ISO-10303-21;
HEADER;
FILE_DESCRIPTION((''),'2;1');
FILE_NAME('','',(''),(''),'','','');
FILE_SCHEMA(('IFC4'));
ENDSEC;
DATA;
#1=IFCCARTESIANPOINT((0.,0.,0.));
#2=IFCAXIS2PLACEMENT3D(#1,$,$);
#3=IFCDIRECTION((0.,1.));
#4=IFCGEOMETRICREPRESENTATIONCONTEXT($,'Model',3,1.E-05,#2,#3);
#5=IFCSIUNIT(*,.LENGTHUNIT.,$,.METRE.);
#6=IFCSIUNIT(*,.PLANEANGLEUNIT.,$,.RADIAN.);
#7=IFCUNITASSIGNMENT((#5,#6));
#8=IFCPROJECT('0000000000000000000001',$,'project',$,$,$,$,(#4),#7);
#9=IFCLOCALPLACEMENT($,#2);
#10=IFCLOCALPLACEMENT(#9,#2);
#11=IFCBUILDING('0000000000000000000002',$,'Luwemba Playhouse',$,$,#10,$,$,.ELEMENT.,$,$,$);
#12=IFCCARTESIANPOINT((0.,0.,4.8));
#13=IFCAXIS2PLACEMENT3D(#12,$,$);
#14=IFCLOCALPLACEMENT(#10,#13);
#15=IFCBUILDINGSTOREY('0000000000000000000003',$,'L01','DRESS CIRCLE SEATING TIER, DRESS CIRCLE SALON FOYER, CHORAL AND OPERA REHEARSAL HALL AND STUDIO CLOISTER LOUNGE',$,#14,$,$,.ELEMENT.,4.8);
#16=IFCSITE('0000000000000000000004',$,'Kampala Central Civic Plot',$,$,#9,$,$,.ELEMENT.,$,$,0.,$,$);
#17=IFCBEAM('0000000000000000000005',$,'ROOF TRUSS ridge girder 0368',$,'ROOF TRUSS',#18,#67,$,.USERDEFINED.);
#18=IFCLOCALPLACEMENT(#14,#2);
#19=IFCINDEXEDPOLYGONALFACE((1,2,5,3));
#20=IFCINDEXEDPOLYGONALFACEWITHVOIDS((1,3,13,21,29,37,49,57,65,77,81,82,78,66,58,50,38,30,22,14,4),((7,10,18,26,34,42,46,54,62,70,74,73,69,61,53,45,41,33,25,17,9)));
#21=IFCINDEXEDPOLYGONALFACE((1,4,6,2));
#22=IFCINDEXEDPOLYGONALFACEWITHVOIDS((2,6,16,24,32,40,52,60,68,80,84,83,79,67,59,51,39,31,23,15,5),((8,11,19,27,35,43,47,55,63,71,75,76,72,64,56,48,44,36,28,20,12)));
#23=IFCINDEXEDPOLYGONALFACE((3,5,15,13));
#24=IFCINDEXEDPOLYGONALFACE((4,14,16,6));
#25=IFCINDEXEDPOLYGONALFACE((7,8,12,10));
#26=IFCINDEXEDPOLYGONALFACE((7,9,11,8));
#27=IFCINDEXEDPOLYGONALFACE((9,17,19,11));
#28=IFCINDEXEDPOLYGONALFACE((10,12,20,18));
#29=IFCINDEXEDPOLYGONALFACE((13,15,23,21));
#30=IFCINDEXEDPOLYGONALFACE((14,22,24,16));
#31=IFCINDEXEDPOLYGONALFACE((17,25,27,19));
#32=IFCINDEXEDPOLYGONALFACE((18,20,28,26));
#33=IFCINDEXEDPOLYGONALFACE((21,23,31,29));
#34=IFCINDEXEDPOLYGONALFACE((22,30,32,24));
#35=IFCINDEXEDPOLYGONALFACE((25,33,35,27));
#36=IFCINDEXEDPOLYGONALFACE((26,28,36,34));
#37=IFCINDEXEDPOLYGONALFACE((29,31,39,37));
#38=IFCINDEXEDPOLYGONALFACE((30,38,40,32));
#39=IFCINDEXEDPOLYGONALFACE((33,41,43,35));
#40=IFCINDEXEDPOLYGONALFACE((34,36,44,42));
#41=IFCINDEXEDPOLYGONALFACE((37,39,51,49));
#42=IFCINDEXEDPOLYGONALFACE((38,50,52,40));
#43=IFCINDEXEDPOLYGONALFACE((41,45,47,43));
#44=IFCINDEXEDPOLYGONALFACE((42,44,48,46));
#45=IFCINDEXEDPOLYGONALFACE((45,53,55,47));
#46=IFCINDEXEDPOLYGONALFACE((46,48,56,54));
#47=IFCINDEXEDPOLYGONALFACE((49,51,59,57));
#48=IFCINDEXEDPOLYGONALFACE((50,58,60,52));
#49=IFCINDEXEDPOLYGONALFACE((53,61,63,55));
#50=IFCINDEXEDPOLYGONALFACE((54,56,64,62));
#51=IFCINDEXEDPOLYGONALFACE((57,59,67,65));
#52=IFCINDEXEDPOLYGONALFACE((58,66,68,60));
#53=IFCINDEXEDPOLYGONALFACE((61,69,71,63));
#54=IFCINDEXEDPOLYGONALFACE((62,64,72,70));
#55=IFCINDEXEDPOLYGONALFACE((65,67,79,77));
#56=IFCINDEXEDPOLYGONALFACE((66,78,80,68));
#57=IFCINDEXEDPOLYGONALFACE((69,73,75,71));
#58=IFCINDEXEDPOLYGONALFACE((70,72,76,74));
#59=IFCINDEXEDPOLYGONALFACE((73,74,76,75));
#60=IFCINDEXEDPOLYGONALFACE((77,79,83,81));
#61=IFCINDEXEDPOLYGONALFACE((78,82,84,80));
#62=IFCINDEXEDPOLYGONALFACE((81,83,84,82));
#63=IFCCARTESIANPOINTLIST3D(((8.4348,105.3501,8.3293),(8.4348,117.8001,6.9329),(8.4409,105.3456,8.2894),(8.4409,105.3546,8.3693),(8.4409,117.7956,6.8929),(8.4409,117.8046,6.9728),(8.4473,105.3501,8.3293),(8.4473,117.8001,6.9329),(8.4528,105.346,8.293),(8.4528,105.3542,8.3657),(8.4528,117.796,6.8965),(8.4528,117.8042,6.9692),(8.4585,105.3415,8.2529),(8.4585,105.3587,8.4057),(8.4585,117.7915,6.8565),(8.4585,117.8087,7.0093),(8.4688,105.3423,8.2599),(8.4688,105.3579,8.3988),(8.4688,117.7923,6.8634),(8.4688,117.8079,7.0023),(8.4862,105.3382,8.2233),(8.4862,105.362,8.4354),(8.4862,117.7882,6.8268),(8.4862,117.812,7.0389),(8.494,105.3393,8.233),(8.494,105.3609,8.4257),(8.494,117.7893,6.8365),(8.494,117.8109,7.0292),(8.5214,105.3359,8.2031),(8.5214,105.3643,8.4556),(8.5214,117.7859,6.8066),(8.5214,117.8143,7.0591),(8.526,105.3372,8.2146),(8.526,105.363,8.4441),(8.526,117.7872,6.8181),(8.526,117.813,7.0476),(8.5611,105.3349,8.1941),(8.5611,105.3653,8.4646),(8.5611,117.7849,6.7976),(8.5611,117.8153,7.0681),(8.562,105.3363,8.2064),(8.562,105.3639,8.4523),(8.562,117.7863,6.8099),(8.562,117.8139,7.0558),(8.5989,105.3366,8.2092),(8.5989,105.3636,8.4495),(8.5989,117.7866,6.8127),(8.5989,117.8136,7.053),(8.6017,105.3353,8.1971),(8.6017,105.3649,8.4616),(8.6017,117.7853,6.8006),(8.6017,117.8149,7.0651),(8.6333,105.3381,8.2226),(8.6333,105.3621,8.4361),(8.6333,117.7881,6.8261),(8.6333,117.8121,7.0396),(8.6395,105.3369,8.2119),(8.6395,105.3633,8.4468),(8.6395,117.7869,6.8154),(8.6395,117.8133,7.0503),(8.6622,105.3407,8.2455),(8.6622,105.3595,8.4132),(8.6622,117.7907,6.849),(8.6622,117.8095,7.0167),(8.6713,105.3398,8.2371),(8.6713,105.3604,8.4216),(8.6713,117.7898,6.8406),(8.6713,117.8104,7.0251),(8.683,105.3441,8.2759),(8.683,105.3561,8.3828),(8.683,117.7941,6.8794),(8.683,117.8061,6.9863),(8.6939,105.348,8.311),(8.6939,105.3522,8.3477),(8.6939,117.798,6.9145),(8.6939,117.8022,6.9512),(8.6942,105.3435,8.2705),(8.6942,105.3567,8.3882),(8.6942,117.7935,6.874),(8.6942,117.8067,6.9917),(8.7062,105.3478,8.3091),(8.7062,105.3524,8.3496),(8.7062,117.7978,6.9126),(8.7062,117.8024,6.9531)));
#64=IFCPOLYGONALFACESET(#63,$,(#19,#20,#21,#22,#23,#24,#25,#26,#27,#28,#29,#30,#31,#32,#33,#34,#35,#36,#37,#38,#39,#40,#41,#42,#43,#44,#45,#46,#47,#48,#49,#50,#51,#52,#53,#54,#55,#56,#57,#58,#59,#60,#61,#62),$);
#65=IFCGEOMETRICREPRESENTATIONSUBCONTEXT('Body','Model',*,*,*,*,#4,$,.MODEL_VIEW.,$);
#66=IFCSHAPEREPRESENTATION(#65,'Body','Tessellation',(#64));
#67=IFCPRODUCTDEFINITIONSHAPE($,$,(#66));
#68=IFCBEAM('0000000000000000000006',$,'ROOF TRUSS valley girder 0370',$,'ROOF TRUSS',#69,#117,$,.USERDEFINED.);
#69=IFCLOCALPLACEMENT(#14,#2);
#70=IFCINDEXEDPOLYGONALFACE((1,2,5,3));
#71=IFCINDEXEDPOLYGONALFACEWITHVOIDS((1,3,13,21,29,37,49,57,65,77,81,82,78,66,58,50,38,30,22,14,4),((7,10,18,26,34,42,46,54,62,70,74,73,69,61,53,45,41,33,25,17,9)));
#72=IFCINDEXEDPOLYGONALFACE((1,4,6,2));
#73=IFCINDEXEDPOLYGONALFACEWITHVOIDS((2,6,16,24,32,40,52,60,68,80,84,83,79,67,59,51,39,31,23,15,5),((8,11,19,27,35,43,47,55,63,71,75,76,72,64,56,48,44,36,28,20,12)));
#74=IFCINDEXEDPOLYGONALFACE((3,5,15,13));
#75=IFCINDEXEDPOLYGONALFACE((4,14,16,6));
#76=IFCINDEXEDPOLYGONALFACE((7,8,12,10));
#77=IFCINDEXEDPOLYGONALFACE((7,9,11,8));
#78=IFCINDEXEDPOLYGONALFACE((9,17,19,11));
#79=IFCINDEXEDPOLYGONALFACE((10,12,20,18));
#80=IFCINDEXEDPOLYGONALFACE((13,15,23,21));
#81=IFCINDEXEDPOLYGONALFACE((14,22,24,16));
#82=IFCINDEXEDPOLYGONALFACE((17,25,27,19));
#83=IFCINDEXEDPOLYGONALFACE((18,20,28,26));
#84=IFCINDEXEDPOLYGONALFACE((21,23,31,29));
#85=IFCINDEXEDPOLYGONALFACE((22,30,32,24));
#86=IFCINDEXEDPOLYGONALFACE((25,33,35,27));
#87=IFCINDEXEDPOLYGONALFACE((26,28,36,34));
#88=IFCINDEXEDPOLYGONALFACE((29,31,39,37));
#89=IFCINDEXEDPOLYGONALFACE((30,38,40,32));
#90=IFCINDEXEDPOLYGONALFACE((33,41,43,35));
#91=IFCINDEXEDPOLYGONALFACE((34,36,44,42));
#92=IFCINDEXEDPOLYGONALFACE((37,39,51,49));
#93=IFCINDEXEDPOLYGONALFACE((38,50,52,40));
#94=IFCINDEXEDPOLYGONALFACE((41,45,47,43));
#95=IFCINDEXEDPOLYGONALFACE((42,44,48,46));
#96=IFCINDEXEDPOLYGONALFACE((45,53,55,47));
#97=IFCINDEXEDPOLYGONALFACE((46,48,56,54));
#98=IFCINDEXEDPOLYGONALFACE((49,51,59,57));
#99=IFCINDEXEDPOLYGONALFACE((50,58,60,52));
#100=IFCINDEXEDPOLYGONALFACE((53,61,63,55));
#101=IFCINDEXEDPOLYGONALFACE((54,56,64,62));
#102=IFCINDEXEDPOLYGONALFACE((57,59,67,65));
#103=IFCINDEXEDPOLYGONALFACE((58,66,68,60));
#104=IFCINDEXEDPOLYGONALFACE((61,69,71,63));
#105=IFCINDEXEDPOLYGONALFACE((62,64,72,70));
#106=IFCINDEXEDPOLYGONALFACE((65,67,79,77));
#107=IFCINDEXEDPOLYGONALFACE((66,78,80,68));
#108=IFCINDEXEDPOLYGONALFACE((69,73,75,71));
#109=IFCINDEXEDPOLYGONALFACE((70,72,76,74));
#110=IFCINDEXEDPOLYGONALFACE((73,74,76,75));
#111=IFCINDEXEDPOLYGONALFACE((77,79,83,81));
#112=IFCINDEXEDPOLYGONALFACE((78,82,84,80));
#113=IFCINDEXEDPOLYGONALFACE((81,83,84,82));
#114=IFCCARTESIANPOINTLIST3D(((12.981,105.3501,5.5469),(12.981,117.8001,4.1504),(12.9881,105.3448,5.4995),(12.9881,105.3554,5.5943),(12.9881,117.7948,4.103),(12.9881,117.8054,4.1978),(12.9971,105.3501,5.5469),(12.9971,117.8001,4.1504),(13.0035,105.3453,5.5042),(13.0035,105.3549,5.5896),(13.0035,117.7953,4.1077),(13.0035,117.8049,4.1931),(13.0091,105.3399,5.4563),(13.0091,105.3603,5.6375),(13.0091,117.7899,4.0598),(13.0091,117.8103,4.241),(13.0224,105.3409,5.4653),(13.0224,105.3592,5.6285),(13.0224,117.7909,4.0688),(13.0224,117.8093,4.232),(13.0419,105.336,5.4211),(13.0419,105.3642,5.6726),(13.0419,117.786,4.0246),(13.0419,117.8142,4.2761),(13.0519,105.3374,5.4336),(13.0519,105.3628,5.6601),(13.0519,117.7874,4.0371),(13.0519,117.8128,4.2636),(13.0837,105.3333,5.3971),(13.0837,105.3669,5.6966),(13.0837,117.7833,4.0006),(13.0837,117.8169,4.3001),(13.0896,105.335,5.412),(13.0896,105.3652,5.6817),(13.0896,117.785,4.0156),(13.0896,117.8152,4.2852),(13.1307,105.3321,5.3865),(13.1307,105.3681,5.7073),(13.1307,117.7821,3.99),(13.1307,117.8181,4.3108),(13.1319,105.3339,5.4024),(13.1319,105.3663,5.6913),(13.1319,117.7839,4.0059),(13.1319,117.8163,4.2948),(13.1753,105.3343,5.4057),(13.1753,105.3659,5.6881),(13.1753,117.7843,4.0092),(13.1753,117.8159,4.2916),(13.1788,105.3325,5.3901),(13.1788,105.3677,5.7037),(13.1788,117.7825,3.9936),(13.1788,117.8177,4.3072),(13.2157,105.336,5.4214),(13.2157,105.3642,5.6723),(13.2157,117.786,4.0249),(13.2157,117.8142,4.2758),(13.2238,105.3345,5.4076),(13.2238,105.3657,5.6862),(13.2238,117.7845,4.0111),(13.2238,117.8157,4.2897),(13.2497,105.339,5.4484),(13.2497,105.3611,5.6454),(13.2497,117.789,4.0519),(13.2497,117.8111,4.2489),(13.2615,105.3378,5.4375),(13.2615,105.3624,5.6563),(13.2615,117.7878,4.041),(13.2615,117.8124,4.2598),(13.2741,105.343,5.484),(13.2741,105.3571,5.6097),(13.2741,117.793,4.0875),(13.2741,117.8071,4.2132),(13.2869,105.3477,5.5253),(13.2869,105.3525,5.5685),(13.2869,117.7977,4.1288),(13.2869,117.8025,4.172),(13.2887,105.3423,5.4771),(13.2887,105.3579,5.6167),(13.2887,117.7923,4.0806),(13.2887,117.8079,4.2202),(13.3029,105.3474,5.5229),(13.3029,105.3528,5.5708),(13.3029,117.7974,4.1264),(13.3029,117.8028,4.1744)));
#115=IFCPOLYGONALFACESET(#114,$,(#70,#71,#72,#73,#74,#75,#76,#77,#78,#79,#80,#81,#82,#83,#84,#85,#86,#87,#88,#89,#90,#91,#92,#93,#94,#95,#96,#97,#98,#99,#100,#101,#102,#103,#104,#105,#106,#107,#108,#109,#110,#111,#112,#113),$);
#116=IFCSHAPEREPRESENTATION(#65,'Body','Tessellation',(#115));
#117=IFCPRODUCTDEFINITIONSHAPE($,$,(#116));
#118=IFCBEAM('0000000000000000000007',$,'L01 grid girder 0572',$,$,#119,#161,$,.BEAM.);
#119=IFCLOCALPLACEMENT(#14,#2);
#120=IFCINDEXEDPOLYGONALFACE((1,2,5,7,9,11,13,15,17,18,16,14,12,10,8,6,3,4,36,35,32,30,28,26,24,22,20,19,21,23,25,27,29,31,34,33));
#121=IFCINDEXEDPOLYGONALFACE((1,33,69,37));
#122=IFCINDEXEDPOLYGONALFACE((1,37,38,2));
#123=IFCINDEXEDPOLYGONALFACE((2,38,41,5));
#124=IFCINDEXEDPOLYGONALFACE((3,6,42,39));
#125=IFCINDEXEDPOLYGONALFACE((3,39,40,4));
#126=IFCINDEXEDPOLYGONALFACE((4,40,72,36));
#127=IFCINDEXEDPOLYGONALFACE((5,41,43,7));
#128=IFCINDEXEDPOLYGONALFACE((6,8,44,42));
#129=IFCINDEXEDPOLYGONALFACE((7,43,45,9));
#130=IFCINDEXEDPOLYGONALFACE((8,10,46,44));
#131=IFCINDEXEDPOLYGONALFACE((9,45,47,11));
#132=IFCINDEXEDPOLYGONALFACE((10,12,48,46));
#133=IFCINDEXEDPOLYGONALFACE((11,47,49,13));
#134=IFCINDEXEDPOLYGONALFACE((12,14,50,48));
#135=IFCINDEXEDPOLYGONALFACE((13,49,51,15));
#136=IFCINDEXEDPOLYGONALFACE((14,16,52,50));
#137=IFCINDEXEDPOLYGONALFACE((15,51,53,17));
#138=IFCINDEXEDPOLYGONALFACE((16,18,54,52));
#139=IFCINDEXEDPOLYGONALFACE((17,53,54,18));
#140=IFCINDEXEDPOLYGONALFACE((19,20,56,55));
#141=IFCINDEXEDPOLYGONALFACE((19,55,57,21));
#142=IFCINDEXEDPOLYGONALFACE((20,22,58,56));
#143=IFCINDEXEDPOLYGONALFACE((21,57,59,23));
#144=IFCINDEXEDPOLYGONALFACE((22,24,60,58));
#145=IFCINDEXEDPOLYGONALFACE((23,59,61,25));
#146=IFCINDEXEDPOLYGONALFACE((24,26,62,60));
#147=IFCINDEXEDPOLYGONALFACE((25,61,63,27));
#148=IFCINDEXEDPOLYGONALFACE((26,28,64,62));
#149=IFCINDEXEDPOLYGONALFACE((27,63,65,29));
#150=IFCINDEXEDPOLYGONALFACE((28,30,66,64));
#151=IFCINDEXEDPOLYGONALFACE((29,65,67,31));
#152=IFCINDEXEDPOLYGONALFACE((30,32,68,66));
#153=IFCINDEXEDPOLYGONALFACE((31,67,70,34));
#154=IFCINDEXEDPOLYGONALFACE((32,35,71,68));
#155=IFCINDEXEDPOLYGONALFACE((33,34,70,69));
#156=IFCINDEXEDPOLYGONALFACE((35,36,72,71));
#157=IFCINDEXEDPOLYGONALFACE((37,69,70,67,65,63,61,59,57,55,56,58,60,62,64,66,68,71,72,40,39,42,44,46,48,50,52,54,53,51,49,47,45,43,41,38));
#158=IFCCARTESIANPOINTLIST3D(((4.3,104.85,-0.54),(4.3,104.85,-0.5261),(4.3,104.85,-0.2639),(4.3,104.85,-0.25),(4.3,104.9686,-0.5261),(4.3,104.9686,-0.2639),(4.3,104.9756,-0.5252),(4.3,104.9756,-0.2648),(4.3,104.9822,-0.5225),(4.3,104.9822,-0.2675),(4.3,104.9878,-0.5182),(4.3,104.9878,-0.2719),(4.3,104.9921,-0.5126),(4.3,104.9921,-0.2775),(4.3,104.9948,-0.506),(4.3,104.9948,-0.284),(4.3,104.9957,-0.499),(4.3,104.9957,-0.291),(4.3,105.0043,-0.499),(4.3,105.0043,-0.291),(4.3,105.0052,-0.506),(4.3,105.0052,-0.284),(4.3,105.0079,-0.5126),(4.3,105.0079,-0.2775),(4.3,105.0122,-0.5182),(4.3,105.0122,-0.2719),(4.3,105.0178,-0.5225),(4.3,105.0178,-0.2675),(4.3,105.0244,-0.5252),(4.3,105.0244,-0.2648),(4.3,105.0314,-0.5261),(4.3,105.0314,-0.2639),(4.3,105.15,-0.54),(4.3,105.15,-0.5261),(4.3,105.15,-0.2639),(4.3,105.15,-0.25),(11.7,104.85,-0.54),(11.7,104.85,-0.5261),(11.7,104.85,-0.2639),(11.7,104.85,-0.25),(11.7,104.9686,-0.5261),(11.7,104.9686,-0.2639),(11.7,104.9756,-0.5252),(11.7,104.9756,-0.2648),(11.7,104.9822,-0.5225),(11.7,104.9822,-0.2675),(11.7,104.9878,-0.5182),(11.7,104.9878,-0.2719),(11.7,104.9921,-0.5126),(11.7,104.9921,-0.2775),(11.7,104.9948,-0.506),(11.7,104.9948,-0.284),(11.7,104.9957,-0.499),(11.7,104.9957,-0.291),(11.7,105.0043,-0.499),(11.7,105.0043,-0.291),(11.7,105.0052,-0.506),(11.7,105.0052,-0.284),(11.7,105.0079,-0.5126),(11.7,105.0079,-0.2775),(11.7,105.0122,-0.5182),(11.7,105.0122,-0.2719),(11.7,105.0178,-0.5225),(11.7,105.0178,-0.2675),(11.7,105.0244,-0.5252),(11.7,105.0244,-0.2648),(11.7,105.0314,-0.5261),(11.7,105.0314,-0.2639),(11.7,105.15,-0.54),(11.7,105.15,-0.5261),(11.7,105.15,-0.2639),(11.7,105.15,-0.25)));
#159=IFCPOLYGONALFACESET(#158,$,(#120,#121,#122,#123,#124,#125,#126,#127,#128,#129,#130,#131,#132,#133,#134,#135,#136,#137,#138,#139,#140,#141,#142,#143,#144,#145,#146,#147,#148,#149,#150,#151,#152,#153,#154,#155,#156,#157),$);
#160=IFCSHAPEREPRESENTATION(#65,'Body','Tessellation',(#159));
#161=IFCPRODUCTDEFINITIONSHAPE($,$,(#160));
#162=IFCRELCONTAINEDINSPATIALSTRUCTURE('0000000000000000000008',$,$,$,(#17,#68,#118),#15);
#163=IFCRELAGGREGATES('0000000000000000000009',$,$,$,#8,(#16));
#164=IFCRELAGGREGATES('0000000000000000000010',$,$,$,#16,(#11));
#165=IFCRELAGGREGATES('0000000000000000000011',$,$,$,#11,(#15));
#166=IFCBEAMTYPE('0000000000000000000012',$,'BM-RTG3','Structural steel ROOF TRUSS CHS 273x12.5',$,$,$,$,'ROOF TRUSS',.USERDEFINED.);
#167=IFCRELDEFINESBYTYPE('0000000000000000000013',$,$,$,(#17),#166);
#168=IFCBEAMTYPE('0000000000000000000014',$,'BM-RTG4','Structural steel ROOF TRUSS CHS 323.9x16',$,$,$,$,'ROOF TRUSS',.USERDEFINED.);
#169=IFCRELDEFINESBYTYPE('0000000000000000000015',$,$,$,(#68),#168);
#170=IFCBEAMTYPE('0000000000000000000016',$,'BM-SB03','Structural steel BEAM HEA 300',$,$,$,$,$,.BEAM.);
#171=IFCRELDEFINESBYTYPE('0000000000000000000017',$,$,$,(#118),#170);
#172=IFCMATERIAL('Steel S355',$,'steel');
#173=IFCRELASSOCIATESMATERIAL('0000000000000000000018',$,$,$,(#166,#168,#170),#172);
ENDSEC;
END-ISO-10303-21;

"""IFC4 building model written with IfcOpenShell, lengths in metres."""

from ifc_helpers import new_model, si_unit, direction, frame, origin, origin_2d, place, context, subcontext, project, spatial, hollow_circle, i_section, extrude, material, material_profile, profile_set, type_object, element, save


model = new_model("IFC4")

# Units and contexts
model_context = context("Model", 3, precision=1e-05, world=origin(), true_north=direction((0.0, 1.0)))
body_context = subcontext(model_context, "Body", "Model", "MODEL_VIEW")
ifc_project = project(units=[si_unit("LENGTHUNIT", "METRE"), si_unit("PLANEANGLEUNIT", "RADIAN")], contexts=[model_context])

# Site, building, storey
site_placement = place(None, origin())
site = spatial("IfcSite", under=ifc_project, at=site_placement, Name="Kampala Central Civic Plot", CompositionType="ELEMENT", RefElevation=0.0)
building_placement = place(site_placement, origin())
building = spatial("IfcBuilding", under=site, at=building_placement, Name="Luwemba Playhouse", CompositionType="ELEMENT")
storey_placement = place(building_placement, frame((0.0, 0.0, 4.8)))
storey = spatial("IfcBuildingStorey", under=building, at=storey_placement, Name="L01", Description="DRESS CIRCLE SEATING TIER, DRESS CIRCLE SALON FOYER, CHORAL AND OPERA REHEARSAL HALL AND STUDIO CLOISTER LOUNGE", CompositionType="ELEMENT", Elevation=4.8)

# Shared definitions
ifc_material_1 = material(Name="Steel S355", Category="steel")

# Beams
ifc_material_profile_1 = material_profile(ifc_material_1, hollow_circle(Radius=0.1365, WallThickness=0.0125, at=origin_2d()))
ifc_profile_set_1 = profile_set([ifc_material_profile_1], Name="Steel S355")
beam_type_1 = type_object("IfcBeamType", Name="BM-RTG3", Description="Structural steel ROOF TRUSS CHS 273x12.5", ElementType="ROOF TRUSS", PredefinedType="USERDEFINED", material=ifc_profile_set_1)
beam_1_placement = place(storey_placement, frame((8.5713, 105.3501, 8.3293), z_axis=(0.0, 0.993768, -0.111469), x_axis=(-1.0, 0.0, 0.0)))
element("IfcBeam", 1, at=beam_1_placement, inside=storey, type_object=beam_type_1, Name="ROOF TRUSS ridge girder 0368", ObjectType="ROOF TRUSS", PredefinedType="USERDEFINED", context=body_context, shape_type="SweptSolid", body=[
    extrude(hollow_circle(Radius=0.1365, WallThickness=0.0125, at=origin_2d()), origin(), (0.0, 0.0, 1.0), 12.5281),
])
ifc_material_profile_2 = material_profile(ifc_material_1, hollow_circle(Radius=0.1619, WallThickness=0.0161, at=origin_2d()))
ifc_profile_set_2 = profile_set([ifc_material_profile_2], Name="Steel S355")
beam_type_2 = type_object("IfcBeamType", Name="BM-RTG4", Description="Structural steel ROOF TRUSS CHS 323.9x16", ElementType="ROOF TRUSS", PredefinedType="USERDEFINED", material=ifc_profile_set_2)
beam_2_placement = place(storey_placement, frame((13.1428, 105.3501, 5.5469), z_axis=(0.0, 0.993768, -0.111469), x_axis=(-1.0, 0.0, 0.0)))
element("IfcBeam", 2, at=beam_2_placement, inside=storey, type_object=beam_type_2, Name="ROOF TRUSS valley girder 0370", ObjectType="ROOF TRUSS", PredefinedType="USERDEFINED", context=body_context, shape_type="SweptSolid", body=[
    extrude(hollow_circle(Radius=0.1619, WallThickness=0.0161, at=origin_2d()), origin(), (0.0, 0.0, 1.0), 12.5281),
])
ifc_material_profile_3 = material_profile(ifc_material_1, i_section(OverallWidth=0.3, OverallDepth=0.29, WebThickness=0.0085, FlangeThickness=0.0139, FilletRadius=0.0271, at=origin_2d()))
ifc_profile_set_3 = profile_set([ifc_material_profile_3], Name="Steel S355")
beam_type_3 = type_object("IfcBeamType", Name="BM-SB03", Description="Structural steel BEAM HEA 300", PredefinedType="BEAM", material=ifc_profile_set_3)
beam_3_placement = place(storey_placement, frame((4.3, 105.0, -0.395), z_axis=(1.0, 0.0, 0.0), x_axis=(0.0, 1.0, 0.0)))
element("IfcBeam", 3, at=beam_3_placement, inside=storey, type_object=beam_type_3, Name="L01 grid girder 0572", PredefinedType="BEAM", context=body_context, shape_type="SweptSolid", body=[
    extrude(i_section(OverallWidth=0.3, OverallDepth=0.29, WebThickness=0.0085, FlangeThickness=0.0139, FilletRadius=0.0271, at=origin_2d()), origin(), (0.0, 0.0, 1.0), 7.3999),
])

save(model, "model.ifc")
